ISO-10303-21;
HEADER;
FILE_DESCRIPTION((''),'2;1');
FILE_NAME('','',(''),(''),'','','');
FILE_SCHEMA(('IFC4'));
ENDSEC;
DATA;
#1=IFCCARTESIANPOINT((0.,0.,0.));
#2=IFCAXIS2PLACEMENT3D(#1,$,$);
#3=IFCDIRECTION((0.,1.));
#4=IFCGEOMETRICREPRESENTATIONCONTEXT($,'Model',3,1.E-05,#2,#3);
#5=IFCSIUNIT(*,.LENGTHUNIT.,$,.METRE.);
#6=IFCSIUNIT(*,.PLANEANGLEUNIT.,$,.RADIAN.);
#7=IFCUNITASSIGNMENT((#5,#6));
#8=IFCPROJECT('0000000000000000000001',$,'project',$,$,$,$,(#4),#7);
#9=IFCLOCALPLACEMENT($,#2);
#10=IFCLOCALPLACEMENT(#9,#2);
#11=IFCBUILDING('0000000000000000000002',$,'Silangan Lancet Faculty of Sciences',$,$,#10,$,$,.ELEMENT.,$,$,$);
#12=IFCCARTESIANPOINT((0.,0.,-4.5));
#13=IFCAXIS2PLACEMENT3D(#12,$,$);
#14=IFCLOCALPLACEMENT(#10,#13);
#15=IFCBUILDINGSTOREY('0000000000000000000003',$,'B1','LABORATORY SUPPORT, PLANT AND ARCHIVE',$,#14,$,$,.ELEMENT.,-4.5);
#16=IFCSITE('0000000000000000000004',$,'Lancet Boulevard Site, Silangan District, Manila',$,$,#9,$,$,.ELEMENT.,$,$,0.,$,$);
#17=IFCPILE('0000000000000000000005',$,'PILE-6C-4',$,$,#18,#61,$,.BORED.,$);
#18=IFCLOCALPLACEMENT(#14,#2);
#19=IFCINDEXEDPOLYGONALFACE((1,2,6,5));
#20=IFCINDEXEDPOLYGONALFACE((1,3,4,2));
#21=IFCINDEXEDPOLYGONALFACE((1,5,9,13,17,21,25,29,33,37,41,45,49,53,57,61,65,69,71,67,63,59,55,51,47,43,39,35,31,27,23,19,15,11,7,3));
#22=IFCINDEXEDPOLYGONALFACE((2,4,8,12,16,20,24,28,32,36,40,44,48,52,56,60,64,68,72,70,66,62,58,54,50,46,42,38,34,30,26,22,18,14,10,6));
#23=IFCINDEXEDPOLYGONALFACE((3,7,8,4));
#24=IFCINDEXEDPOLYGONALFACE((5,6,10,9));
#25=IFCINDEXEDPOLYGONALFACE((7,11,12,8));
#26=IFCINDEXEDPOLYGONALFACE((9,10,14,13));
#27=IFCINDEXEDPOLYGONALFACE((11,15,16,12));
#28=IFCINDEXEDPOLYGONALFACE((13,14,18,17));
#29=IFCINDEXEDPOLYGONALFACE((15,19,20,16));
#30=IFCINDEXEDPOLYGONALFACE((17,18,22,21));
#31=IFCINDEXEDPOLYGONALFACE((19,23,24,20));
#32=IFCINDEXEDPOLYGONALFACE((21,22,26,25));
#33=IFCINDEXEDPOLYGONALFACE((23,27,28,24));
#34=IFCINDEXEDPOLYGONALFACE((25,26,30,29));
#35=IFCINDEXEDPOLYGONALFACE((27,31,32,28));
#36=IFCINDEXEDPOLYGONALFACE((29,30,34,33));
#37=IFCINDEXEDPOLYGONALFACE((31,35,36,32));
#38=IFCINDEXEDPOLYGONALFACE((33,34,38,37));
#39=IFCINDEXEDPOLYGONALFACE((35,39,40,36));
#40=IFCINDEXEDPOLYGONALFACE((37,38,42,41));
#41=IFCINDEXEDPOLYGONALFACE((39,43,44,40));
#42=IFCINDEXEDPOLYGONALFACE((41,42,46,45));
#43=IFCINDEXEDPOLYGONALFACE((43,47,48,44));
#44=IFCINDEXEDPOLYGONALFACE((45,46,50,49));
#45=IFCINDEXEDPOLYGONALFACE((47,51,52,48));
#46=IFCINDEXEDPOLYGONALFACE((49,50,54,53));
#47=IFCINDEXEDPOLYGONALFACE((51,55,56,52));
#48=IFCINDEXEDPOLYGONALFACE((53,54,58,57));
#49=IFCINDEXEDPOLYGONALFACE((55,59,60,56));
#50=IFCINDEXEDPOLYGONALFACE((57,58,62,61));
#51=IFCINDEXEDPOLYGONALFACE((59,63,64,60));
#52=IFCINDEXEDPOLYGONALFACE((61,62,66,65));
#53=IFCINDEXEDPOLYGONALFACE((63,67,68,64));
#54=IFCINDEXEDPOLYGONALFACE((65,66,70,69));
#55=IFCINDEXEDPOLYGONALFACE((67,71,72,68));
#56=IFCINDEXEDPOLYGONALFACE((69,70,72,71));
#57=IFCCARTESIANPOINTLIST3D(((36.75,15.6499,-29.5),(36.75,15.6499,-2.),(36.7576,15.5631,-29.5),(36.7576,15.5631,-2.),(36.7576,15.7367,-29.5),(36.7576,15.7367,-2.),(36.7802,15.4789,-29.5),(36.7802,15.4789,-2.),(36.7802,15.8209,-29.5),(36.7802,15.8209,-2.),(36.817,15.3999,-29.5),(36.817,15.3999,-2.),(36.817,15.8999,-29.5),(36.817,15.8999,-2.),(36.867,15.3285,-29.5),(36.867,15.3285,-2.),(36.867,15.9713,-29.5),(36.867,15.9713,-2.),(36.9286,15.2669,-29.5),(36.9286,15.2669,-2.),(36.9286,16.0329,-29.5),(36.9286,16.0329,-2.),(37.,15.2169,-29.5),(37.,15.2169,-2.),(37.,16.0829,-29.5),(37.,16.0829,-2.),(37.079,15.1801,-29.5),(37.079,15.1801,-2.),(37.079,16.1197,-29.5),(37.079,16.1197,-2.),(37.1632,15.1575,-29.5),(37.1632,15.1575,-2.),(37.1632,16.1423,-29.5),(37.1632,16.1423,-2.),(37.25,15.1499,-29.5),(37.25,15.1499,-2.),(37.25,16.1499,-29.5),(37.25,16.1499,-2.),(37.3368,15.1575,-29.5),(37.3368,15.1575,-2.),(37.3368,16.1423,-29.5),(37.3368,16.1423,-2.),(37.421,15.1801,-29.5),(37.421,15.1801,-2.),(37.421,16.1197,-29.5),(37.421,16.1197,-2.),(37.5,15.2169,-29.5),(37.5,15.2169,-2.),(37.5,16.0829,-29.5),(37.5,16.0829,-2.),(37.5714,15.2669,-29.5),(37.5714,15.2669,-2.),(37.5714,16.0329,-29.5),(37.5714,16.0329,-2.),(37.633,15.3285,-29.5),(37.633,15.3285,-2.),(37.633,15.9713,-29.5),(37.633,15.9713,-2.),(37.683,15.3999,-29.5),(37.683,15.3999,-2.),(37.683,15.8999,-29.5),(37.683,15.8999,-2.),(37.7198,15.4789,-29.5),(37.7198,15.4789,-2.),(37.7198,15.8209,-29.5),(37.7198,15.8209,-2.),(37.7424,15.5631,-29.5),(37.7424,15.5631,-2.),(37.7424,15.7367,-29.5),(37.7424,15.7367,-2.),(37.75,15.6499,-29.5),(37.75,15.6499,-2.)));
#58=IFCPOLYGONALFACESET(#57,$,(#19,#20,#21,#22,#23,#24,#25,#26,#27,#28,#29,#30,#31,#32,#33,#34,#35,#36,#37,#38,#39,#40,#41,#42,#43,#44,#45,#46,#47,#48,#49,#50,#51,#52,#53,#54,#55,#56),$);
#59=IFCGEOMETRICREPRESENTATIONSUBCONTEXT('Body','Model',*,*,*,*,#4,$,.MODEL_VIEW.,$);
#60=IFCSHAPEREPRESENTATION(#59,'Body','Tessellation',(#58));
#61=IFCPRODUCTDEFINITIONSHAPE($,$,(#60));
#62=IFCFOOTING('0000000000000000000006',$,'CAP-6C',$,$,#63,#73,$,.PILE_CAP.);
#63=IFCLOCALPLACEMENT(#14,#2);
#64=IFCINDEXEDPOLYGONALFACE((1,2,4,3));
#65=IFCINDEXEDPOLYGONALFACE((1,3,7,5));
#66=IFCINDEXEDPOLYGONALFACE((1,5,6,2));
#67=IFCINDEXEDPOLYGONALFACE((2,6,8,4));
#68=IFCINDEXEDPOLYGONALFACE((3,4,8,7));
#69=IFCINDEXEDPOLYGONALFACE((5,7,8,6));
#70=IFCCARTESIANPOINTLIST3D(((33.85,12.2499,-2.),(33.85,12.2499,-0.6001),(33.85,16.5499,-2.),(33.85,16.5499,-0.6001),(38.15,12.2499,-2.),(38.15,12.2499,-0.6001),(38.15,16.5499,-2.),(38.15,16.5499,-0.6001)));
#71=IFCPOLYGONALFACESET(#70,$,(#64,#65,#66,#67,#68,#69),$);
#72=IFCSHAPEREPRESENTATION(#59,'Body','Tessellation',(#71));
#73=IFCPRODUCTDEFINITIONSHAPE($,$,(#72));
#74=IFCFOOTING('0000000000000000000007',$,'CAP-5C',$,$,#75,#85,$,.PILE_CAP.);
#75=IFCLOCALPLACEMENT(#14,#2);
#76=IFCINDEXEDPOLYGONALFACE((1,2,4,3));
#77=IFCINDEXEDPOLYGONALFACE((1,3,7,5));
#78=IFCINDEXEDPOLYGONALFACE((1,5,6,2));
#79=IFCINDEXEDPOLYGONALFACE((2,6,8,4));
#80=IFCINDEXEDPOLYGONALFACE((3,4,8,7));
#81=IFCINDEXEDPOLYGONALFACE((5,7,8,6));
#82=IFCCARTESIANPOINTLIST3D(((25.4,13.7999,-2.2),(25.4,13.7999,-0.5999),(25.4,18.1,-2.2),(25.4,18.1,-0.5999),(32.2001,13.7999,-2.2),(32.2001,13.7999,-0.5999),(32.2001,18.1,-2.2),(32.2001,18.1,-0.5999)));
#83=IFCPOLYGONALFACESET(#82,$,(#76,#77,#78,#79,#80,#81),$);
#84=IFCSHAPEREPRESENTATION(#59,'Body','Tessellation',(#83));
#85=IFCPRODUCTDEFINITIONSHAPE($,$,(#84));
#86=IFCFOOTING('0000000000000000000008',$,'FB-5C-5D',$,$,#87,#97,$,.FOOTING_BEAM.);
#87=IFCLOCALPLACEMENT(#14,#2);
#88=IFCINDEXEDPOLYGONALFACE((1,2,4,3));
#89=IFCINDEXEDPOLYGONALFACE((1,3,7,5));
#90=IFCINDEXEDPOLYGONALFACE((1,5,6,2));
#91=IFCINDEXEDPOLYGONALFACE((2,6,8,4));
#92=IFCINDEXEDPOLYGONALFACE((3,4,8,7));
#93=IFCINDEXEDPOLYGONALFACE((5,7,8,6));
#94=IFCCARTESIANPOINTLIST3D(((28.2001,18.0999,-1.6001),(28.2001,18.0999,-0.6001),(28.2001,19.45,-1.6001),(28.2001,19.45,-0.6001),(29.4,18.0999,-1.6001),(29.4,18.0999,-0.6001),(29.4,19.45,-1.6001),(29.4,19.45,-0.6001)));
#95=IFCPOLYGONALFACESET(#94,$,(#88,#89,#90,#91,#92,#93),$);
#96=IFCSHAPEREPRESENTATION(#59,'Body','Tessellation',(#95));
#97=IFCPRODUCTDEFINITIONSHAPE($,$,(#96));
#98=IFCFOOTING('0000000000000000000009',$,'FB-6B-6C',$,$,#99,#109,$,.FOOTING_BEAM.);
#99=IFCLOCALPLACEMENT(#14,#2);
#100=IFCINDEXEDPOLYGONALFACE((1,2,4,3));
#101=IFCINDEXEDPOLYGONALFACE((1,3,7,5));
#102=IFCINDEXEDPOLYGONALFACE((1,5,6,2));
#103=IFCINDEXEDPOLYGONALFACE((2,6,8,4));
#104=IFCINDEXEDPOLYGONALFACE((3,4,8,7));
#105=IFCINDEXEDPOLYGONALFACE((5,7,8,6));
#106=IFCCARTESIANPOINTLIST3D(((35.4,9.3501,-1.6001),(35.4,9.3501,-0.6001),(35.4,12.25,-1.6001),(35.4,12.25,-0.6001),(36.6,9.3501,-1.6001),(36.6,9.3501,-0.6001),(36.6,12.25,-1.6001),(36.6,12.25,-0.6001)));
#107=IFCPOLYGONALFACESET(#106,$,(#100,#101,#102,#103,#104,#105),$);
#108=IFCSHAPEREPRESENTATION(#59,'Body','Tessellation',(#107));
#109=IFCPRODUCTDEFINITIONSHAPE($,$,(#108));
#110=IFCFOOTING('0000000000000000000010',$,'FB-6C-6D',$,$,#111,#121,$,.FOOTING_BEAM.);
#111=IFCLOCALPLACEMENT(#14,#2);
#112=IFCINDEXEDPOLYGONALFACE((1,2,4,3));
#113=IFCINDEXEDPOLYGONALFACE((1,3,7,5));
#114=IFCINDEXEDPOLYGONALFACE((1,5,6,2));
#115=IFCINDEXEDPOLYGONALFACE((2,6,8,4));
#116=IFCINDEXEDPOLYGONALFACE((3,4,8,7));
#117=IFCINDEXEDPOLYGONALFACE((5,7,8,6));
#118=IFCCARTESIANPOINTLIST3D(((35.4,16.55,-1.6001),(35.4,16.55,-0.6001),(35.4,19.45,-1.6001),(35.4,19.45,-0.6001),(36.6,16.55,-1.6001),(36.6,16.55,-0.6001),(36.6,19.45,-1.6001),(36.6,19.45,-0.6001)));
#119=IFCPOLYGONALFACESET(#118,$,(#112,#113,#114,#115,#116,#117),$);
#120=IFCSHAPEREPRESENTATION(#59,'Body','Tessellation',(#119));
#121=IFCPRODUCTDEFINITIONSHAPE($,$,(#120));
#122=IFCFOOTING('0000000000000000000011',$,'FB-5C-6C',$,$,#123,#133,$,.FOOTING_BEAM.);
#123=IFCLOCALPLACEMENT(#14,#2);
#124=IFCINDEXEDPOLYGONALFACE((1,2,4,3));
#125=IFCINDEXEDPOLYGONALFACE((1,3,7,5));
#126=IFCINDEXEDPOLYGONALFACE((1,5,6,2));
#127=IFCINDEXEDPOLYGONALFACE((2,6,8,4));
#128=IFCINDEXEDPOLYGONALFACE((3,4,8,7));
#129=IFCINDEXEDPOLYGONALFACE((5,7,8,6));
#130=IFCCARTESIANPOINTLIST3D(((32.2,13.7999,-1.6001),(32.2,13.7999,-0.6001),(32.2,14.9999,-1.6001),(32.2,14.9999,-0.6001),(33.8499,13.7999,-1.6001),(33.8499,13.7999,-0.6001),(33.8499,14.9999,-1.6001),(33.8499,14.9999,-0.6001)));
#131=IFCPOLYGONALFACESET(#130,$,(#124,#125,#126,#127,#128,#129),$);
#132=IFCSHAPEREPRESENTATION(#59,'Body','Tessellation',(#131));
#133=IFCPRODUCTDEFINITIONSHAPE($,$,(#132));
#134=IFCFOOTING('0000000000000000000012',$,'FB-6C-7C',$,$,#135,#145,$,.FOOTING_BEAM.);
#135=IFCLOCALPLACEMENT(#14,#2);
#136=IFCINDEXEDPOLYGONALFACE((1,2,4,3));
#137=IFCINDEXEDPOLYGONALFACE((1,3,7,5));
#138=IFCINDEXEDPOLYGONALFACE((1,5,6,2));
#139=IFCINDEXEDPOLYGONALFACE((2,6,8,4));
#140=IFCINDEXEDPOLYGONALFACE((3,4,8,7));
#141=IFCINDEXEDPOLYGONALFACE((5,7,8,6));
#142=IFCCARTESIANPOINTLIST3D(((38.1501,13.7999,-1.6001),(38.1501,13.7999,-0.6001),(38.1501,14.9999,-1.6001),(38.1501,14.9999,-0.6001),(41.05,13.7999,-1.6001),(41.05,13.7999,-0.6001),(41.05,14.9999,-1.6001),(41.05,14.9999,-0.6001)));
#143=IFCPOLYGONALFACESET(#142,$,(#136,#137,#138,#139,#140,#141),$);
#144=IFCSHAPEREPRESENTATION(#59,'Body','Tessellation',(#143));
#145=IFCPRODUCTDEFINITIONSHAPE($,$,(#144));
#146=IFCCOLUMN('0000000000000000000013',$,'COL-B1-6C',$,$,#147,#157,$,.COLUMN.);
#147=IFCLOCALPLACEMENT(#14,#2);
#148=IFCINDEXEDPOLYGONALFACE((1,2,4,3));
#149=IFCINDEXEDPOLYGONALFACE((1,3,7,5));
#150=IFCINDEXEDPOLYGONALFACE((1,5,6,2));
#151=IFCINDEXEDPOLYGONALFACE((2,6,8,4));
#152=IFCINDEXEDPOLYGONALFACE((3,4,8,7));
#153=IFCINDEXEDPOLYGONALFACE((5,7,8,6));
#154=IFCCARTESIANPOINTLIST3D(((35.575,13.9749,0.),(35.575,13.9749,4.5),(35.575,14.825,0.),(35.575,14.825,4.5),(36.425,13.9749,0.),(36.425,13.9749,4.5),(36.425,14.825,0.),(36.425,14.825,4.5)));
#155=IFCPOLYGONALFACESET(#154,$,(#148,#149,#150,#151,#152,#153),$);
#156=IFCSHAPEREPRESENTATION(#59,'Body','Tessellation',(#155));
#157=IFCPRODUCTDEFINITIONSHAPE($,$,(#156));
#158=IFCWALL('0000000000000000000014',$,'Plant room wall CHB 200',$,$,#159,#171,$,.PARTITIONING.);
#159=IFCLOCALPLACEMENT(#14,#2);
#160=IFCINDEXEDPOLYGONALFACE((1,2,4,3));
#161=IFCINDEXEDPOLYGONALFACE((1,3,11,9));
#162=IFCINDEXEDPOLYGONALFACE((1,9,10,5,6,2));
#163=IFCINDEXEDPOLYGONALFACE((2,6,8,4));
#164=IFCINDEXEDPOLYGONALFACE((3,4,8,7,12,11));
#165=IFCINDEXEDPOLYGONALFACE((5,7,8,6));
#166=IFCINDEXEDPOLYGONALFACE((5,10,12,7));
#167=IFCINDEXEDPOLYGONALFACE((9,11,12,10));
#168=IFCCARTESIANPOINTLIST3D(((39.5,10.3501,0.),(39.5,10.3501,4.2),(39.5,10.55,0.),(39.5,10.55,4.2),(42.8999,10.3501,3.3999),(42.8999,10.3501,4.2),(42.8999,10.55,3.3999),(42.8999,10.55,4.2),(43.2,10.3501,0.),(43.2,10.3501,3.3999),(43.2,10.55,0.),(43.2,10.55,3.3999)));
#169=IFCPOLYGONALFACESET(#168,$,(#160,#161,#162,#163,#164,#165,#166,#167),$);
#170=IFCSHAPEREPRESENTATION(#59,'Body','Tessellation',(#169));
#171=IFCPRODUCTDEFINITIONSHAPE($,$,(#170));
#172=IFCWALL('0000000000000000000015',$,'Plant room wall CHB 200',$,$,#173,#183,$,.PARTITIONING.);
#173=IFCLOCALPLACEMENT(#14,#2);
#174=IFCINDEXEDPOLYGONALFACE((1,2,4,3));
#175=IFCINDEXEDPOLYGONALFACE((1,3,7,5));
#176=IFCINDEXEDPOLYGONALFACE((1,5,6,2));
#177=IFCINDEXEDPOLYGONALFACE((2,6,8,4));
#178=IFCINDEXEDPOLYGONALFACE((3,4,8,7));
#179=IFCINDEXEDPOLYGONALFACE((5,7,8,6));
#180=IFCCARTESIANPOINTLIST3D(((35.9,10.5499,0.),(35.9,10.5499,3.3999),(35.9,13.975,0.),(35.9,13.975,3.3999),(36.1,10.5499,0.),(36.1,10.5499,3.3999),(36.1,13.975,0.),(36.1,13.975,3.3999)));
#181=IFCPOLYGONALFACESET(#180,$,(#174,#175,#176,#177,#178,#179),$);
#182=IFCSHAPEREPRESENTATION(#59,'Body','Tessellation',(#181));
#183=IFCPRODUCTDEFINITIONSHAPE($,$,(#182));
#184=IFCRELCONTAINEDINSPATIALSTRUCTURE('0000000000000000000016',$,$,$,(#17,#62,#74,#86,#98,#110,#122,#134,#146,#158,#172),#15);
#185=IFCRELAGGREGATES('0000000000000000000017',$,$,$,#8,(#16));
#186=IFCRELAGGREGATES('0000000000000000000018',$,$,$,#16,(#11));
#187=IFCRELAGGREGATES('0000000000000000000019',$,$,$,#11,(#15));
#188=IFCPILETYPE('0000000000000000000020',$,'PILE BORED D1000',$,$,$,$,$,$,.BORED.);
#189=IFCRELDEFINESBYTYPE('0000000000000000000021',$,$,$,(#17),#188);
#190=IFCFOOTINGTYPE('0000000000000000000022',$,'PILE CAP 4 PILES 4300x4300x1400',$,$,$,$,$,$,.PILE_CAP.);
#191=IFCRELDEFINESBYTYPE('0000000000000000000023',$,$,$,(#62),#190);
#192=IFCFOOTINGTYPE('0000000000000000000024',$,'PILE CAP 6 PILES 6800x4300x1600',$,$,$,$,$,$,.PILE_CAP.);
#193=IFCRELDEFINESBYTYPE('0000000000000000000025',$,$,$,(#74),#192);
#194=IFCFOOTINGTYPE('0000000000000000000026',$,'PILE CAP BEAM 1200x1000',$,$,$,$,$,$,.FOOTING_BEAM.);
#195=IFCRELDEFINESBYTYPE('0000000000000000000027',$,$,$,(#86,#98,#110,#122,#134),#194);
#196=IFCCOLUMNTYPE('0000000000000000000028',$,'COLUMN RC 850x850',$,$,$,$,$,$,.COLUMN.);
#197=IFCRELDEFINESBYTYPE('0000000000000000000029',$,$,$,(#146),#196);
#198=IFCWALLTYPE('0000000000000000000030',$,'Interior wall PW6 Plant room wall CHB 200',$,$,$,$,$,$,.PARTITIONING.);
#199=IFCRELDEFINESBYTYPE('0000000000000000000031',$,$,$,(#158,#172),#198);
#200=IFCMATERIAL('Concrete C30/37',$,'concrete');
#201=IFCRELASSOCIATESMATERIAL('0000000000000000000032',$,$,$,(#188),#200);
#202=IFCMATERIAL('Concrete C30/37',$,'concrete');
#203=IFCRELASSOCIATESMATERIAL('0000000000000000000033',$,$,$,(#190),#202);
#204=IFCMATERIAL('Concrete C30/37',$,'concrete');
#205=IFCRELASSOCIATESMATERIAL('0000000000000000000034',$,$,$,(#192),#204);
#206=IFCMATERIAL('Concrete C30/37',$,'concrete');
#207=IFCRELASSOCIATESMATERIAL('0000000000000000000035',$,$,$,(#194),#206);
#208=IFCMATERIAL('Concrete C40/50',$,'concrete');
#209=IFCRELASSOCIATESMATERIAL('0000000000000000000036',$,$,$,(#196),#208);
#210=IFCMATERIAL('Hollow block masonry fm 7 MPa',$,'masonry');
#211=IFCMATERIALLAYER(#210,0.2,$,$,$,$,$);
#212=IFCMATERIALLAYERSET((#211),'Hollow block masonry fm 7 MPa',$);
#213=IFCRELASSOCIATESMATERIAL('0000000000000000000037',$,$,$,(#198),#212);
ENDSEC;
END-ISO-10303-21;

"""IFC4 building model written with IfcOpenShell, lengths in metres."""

from ifc_helpers import new_model, si_unit, direction, frame, frame_2d, origin, origin_2d, place, context, subcontext, project, spatial, polyline, rectangle, circle, outline, extrude, material, layer, layer_set, material_profile, profile_set, type_object, element, save


model = new_model("IFC4")

# Units and contexts
model_context = context("Model", 3, precision=1e-05, world=origin(), true_north=direction((0.0, 1.0)))
body_context = subcontext(model_context, "Body", "Model", "MODEL_VIEW")
ifc_project = project(units=[si_unit("LENGTHUNIT", "METRE"), si_unit("PLANEANGLEUNIT", "RADIAN")], contexts=[model_context])

# Site, building, storey
site_placement = place(None, origin())
site = spatial("IfcSite", under=ifc_project, at=site_placement, Name="Lancet Boulevard Site, Silangan District, Manila", CompositionType="ELEMENT", RefElevation=0.0)
building_placement = place(site_placement, origin())
building = spatial("IfcBuilding", under=site, at=building_placement, Name="Silangan Lancet Faculty of Sciences", CompositionType="ELEMENT")
storey_placement = place(building_placement, frame((0.0, 0.0, -4.5)))
storey = spatial("IfcBuildingStorey", under=building, at=storey_placement, Name="B1", Description="LABORATORY SUPPORT, PLANT AND ARCHIVE", CompositionType="ELEMENT", Elevation=-4.5)

# Pile
ifc_material_1 = material(Name="Concrete C30/37", Category="concrete")
ifc_material_profile_1 = material_profile(ifc_material_1, circle(Radius=0.5, at=origin_2d()), Name="BORED PILE D1000")
ifc_profile_set_1 = profile_set([ifc_material_profile_1], Name="Concrete C30/37")
pile_type = type_object("IfcPileType", Name="PILE BORED D1000", PredefinedType="BORED", material=ifc_profile_set_1)
for number, where, z_axis, x_axis, name in (
    (1, (37.25, 15.6499, -2.0), (0.0, 0.0, -1.0), (1.0, 0.0, 0.0), "PILE-6C-4"),
):
    element("IfcPile", number, at=place(storey_placement, frame(where, z_axis=z_axis, x_axis=x_axis)), inside=storey, type_object=pile_type, Name=name, PredefinedType="BORED", context=body_context, shape_type="SweptSolid", body=[
        extrude(circle(Radius=0.5, at=origin_2d()), origin(), (0.0, 0.0, 1.0), 27.5),
    ])

# Footings
ifc_material_2 = material(Name="Concrete C30/37", Category="concrete")
footing_type_1 = type_object("IfcFootingType", Name="PILE CAP 4 PILES 4300x4300x1400", PredefinedType="PILE_CAP", material=ifc_material_2)
footing_1_placement = place(storey_placement, frame((36.0, 14.3999, -2.0), z_axis=(0.0, 0.0, 1.0), x_axis=(1.0, 0.0, 0.0)))
element("IfcFooting", 2, at=footing_1_placement, inside=storey, type_object=footing_type_1, Name="CAP-6C", PredefinedType="PILE_CAP", context=body_context, shape_type="SweptSolid", body=[
    extrude(rectangle(XDim=4.3, YDim=4.3, at=origin_2d()), origin(), (0.0, 0.0, 1.0), 1.3999),
])
ifc_material_3 = material(Name="Concrete C30/37", Category="concrete")
footing_type_2 = type_object("IfcFootingType", Name="PILE CAP 6 PILES 6800x4300x1600", PredefinedType="PILE_CAP", material=ifc_material_3)
footing_2_placement = place(storey_placement, frame((28.8, 15.95, -2.2), z_axis=(0.0, 0.0, 1.0), x_axis=(1.0, 0.0, 0.0)))
element("IfcFooting", 3, at=footing_2_placement, inside=storey, type_object=footing_type_2, Name="CAP-5C", PredefinedType="PILE_CAP", context=body_context, shape_type="SweptSolid", body=[
    extrude(rectangle(XDim=6.8, YDim=4.3, at=origin_2d()), origin(), (0.0, 0.0, 1.0), 1.6001),
])
ifc_material_4 = material(Name="Concrete C30/37", Category="concrete")
footing_type_3 = type_object("IfcFootingType", Name="PILE CAP BEAM 1200x1000", PredefinedType="FOOTING_BEAM", material=ifc_material_4)
footing_3_placement = place(storey_placement, frame((28.8, 18.7749, -1.6001), z_axis=(0.0, 0.0, 1.0), x_axis=(0.0, 1.0, 0.0)))
element("IfcFooting", 4, at=footing_3_placement, inside=storey, type_object=footing_type_3, Name="FB-5C-5D", PredefinedType="FOOTING_BEAM", context=body_context, shape_type="SweptSolid", body=[
    extrude(rectangle(XDim=1.3501, YDim=1.2, at=origin_2d()), origin(), (0.0, 0.0, 1.0), 1.0),
])
for number, where, z_axis, x_axis, name in (
    (5, (36.0, 10.8, -1.6001), (0.0, 0.0, 1.0), (0.0, 1.0, 0.0), "FB-6B-6C"),
    (6, (36.0, 18.0, -1.6001), (0.0, 0.0, 1.0), (0.0, 1.0, 0.0), "FB-6C-6D"),
):
    element("IfcFooting", number, at=place(storey_placement, frame(where, z_axis=z_axis, x_axis=x_axis)), inside=storey, type_object=footing_type_3, Name=name, PredefinedType="FOOTING_BEAM", context=body_context, shape_type="SweptSolid", body=[
        extrude(rectangle(XDim=2.8999, YDim=1.2, at=origin_2d()), origin(), (0.0, 0.0, 1.0), 1.0),
    ])
footing_4_placement = place(storey_placement, frame((33.0249, 14.3999, -1.6001), z_axis=(0.0, 0.0, 1.0), x_axis=(1.0, 0.0, 0.0)))
element("IfcFooting", 7, at=footing_4_placement, inside=storey, type_object=footing_type_3, Name="FB-5C-6C", PredefinedType="FOOTING_BEAM", context=body_context, shape_type="SweptSolid", body=[
    extrude(rectangle(XDim=1.6499, YDim=1.2, at=origin_2d()), origin(), (0.0, 0.0, 1.0), 1.0),
])
footing_5_placement = place(storey_placement, frame((39.6001, 14.3999, -1.6001), z_axis=(0.0, 0.0, 1.0), x_axis=(1.0, 0.0, 0.0)))
element("IfcFooting", 8, at=footing_5_placement, inside=storey, type_object=footing_type_3, Name="FB-6C-7C", PredefinedType="FOOTING_BEAM", context=body_context, shape_type="SweptSolid", body=[
    extrude(rectangle(XDim=2.8999, YDim=1.2, at=origin_2d()), origin(), (0.0, 0.0, 1.0), 1.0),
])

# Column
ifc_material_5 = material(Name="Concrete C40/50", Category="concrete")
ifc_material_profile_2 = material_profile(ifc_material_5, rectangle(XDim=0.8501, YDim=0.8501, at=origin_2d()), Name="RC 850x850")
ifc_profile_set_2 = profile_set([ifc_material_profile_2], Name="Concrete C40/50")
column_type = type_object("IfcColumnType", Name="COLUMN RC 850x850", PredefinedType="COLUMN", material=ifc_profile_set_2)
column_placement = place(storey_placement, frame((36.0, 14.3999, 0.0), z_axis=(0.0, 0.0, 1.0), x_axis=(1.0, 0.0, 0.0)))
element("IfcColumn", 9, at=column_placement, inside=storey, type_object=column_type, Name="COL-B1-6C", PredefinedType="COLUMN", context=body_context, shape_type="SweptSolid", body=[
    extrude(rectangle(XDim=0.8501, YDim=0.8501, at=origin_2d()), origin(), (0.0, 0.0, 1.0), 4.5),
])

# Walls
ifc_material_6 = material(Name="Hollow block masonry fm 7 MPa", Category="masonry")
ifc_layer = layer(ifc_material_6, 0.2)
ifc_layer_set = layer_set([ifc_layer], Name="Hollow block masonry fm 7 MPa")
wall_type = type_object("IfcWallType", Name="Interior wall PW6 Plant room wall CHB 200", PredefinedType="PARTITIONING", material=ifc_layer_set)
wall_1_placement = place(storey_placement, frame((39.5, 10.45, 0.0), z_axis=(0.0, 0.0, 1.0), x_axis=(1.0, 0.0, 0.0)))
element("IfcWall", 10, at=wall_1_placement, inside=storey, type_object=wall_type, Name="Plant room wall CHB 200", PredefinedType="PARTITIONING", context=body_context, shape_type="SweptSolid", body=[
    extrude(outline(polyline([(0.0, 0.0), (3.7, 0.0), (3.7, 3.3999), (3.3999, 3.3999), (3.3999, 4.2), (0.0, 4.2), (0.0, 0.0)])), frame((0.0, 0.1001, 0.0), z_axis=(0.0, -1.0, 0.0), x_axis=(1.0, 0.0, 0.0)), (0.0, 0.0, 1.0), 0.2),
])
wall_2_placement = place(storey_placement, frame((36.0, 10.55, 0.0), z_axis=(0.0, 0.0, 1.0), x_axis=(0.0, 1.0, 0.0)))
element("IfcWall", 11, at=wall_2_placement, inside=storey, type_object=wall_type, Name="Plant room wall CHB 200", PredefinedType="PARTITIONING", context=body_context, shape_type="SweptSolid", body=[
    extrude(rectangle(XDim=3.425, YDim=0.2, at=frame_2d((1.7124, 0.0))), origin(), (0.0, 0.0, 1.0), 3.3999),
])

save(model, "model.ifc")
